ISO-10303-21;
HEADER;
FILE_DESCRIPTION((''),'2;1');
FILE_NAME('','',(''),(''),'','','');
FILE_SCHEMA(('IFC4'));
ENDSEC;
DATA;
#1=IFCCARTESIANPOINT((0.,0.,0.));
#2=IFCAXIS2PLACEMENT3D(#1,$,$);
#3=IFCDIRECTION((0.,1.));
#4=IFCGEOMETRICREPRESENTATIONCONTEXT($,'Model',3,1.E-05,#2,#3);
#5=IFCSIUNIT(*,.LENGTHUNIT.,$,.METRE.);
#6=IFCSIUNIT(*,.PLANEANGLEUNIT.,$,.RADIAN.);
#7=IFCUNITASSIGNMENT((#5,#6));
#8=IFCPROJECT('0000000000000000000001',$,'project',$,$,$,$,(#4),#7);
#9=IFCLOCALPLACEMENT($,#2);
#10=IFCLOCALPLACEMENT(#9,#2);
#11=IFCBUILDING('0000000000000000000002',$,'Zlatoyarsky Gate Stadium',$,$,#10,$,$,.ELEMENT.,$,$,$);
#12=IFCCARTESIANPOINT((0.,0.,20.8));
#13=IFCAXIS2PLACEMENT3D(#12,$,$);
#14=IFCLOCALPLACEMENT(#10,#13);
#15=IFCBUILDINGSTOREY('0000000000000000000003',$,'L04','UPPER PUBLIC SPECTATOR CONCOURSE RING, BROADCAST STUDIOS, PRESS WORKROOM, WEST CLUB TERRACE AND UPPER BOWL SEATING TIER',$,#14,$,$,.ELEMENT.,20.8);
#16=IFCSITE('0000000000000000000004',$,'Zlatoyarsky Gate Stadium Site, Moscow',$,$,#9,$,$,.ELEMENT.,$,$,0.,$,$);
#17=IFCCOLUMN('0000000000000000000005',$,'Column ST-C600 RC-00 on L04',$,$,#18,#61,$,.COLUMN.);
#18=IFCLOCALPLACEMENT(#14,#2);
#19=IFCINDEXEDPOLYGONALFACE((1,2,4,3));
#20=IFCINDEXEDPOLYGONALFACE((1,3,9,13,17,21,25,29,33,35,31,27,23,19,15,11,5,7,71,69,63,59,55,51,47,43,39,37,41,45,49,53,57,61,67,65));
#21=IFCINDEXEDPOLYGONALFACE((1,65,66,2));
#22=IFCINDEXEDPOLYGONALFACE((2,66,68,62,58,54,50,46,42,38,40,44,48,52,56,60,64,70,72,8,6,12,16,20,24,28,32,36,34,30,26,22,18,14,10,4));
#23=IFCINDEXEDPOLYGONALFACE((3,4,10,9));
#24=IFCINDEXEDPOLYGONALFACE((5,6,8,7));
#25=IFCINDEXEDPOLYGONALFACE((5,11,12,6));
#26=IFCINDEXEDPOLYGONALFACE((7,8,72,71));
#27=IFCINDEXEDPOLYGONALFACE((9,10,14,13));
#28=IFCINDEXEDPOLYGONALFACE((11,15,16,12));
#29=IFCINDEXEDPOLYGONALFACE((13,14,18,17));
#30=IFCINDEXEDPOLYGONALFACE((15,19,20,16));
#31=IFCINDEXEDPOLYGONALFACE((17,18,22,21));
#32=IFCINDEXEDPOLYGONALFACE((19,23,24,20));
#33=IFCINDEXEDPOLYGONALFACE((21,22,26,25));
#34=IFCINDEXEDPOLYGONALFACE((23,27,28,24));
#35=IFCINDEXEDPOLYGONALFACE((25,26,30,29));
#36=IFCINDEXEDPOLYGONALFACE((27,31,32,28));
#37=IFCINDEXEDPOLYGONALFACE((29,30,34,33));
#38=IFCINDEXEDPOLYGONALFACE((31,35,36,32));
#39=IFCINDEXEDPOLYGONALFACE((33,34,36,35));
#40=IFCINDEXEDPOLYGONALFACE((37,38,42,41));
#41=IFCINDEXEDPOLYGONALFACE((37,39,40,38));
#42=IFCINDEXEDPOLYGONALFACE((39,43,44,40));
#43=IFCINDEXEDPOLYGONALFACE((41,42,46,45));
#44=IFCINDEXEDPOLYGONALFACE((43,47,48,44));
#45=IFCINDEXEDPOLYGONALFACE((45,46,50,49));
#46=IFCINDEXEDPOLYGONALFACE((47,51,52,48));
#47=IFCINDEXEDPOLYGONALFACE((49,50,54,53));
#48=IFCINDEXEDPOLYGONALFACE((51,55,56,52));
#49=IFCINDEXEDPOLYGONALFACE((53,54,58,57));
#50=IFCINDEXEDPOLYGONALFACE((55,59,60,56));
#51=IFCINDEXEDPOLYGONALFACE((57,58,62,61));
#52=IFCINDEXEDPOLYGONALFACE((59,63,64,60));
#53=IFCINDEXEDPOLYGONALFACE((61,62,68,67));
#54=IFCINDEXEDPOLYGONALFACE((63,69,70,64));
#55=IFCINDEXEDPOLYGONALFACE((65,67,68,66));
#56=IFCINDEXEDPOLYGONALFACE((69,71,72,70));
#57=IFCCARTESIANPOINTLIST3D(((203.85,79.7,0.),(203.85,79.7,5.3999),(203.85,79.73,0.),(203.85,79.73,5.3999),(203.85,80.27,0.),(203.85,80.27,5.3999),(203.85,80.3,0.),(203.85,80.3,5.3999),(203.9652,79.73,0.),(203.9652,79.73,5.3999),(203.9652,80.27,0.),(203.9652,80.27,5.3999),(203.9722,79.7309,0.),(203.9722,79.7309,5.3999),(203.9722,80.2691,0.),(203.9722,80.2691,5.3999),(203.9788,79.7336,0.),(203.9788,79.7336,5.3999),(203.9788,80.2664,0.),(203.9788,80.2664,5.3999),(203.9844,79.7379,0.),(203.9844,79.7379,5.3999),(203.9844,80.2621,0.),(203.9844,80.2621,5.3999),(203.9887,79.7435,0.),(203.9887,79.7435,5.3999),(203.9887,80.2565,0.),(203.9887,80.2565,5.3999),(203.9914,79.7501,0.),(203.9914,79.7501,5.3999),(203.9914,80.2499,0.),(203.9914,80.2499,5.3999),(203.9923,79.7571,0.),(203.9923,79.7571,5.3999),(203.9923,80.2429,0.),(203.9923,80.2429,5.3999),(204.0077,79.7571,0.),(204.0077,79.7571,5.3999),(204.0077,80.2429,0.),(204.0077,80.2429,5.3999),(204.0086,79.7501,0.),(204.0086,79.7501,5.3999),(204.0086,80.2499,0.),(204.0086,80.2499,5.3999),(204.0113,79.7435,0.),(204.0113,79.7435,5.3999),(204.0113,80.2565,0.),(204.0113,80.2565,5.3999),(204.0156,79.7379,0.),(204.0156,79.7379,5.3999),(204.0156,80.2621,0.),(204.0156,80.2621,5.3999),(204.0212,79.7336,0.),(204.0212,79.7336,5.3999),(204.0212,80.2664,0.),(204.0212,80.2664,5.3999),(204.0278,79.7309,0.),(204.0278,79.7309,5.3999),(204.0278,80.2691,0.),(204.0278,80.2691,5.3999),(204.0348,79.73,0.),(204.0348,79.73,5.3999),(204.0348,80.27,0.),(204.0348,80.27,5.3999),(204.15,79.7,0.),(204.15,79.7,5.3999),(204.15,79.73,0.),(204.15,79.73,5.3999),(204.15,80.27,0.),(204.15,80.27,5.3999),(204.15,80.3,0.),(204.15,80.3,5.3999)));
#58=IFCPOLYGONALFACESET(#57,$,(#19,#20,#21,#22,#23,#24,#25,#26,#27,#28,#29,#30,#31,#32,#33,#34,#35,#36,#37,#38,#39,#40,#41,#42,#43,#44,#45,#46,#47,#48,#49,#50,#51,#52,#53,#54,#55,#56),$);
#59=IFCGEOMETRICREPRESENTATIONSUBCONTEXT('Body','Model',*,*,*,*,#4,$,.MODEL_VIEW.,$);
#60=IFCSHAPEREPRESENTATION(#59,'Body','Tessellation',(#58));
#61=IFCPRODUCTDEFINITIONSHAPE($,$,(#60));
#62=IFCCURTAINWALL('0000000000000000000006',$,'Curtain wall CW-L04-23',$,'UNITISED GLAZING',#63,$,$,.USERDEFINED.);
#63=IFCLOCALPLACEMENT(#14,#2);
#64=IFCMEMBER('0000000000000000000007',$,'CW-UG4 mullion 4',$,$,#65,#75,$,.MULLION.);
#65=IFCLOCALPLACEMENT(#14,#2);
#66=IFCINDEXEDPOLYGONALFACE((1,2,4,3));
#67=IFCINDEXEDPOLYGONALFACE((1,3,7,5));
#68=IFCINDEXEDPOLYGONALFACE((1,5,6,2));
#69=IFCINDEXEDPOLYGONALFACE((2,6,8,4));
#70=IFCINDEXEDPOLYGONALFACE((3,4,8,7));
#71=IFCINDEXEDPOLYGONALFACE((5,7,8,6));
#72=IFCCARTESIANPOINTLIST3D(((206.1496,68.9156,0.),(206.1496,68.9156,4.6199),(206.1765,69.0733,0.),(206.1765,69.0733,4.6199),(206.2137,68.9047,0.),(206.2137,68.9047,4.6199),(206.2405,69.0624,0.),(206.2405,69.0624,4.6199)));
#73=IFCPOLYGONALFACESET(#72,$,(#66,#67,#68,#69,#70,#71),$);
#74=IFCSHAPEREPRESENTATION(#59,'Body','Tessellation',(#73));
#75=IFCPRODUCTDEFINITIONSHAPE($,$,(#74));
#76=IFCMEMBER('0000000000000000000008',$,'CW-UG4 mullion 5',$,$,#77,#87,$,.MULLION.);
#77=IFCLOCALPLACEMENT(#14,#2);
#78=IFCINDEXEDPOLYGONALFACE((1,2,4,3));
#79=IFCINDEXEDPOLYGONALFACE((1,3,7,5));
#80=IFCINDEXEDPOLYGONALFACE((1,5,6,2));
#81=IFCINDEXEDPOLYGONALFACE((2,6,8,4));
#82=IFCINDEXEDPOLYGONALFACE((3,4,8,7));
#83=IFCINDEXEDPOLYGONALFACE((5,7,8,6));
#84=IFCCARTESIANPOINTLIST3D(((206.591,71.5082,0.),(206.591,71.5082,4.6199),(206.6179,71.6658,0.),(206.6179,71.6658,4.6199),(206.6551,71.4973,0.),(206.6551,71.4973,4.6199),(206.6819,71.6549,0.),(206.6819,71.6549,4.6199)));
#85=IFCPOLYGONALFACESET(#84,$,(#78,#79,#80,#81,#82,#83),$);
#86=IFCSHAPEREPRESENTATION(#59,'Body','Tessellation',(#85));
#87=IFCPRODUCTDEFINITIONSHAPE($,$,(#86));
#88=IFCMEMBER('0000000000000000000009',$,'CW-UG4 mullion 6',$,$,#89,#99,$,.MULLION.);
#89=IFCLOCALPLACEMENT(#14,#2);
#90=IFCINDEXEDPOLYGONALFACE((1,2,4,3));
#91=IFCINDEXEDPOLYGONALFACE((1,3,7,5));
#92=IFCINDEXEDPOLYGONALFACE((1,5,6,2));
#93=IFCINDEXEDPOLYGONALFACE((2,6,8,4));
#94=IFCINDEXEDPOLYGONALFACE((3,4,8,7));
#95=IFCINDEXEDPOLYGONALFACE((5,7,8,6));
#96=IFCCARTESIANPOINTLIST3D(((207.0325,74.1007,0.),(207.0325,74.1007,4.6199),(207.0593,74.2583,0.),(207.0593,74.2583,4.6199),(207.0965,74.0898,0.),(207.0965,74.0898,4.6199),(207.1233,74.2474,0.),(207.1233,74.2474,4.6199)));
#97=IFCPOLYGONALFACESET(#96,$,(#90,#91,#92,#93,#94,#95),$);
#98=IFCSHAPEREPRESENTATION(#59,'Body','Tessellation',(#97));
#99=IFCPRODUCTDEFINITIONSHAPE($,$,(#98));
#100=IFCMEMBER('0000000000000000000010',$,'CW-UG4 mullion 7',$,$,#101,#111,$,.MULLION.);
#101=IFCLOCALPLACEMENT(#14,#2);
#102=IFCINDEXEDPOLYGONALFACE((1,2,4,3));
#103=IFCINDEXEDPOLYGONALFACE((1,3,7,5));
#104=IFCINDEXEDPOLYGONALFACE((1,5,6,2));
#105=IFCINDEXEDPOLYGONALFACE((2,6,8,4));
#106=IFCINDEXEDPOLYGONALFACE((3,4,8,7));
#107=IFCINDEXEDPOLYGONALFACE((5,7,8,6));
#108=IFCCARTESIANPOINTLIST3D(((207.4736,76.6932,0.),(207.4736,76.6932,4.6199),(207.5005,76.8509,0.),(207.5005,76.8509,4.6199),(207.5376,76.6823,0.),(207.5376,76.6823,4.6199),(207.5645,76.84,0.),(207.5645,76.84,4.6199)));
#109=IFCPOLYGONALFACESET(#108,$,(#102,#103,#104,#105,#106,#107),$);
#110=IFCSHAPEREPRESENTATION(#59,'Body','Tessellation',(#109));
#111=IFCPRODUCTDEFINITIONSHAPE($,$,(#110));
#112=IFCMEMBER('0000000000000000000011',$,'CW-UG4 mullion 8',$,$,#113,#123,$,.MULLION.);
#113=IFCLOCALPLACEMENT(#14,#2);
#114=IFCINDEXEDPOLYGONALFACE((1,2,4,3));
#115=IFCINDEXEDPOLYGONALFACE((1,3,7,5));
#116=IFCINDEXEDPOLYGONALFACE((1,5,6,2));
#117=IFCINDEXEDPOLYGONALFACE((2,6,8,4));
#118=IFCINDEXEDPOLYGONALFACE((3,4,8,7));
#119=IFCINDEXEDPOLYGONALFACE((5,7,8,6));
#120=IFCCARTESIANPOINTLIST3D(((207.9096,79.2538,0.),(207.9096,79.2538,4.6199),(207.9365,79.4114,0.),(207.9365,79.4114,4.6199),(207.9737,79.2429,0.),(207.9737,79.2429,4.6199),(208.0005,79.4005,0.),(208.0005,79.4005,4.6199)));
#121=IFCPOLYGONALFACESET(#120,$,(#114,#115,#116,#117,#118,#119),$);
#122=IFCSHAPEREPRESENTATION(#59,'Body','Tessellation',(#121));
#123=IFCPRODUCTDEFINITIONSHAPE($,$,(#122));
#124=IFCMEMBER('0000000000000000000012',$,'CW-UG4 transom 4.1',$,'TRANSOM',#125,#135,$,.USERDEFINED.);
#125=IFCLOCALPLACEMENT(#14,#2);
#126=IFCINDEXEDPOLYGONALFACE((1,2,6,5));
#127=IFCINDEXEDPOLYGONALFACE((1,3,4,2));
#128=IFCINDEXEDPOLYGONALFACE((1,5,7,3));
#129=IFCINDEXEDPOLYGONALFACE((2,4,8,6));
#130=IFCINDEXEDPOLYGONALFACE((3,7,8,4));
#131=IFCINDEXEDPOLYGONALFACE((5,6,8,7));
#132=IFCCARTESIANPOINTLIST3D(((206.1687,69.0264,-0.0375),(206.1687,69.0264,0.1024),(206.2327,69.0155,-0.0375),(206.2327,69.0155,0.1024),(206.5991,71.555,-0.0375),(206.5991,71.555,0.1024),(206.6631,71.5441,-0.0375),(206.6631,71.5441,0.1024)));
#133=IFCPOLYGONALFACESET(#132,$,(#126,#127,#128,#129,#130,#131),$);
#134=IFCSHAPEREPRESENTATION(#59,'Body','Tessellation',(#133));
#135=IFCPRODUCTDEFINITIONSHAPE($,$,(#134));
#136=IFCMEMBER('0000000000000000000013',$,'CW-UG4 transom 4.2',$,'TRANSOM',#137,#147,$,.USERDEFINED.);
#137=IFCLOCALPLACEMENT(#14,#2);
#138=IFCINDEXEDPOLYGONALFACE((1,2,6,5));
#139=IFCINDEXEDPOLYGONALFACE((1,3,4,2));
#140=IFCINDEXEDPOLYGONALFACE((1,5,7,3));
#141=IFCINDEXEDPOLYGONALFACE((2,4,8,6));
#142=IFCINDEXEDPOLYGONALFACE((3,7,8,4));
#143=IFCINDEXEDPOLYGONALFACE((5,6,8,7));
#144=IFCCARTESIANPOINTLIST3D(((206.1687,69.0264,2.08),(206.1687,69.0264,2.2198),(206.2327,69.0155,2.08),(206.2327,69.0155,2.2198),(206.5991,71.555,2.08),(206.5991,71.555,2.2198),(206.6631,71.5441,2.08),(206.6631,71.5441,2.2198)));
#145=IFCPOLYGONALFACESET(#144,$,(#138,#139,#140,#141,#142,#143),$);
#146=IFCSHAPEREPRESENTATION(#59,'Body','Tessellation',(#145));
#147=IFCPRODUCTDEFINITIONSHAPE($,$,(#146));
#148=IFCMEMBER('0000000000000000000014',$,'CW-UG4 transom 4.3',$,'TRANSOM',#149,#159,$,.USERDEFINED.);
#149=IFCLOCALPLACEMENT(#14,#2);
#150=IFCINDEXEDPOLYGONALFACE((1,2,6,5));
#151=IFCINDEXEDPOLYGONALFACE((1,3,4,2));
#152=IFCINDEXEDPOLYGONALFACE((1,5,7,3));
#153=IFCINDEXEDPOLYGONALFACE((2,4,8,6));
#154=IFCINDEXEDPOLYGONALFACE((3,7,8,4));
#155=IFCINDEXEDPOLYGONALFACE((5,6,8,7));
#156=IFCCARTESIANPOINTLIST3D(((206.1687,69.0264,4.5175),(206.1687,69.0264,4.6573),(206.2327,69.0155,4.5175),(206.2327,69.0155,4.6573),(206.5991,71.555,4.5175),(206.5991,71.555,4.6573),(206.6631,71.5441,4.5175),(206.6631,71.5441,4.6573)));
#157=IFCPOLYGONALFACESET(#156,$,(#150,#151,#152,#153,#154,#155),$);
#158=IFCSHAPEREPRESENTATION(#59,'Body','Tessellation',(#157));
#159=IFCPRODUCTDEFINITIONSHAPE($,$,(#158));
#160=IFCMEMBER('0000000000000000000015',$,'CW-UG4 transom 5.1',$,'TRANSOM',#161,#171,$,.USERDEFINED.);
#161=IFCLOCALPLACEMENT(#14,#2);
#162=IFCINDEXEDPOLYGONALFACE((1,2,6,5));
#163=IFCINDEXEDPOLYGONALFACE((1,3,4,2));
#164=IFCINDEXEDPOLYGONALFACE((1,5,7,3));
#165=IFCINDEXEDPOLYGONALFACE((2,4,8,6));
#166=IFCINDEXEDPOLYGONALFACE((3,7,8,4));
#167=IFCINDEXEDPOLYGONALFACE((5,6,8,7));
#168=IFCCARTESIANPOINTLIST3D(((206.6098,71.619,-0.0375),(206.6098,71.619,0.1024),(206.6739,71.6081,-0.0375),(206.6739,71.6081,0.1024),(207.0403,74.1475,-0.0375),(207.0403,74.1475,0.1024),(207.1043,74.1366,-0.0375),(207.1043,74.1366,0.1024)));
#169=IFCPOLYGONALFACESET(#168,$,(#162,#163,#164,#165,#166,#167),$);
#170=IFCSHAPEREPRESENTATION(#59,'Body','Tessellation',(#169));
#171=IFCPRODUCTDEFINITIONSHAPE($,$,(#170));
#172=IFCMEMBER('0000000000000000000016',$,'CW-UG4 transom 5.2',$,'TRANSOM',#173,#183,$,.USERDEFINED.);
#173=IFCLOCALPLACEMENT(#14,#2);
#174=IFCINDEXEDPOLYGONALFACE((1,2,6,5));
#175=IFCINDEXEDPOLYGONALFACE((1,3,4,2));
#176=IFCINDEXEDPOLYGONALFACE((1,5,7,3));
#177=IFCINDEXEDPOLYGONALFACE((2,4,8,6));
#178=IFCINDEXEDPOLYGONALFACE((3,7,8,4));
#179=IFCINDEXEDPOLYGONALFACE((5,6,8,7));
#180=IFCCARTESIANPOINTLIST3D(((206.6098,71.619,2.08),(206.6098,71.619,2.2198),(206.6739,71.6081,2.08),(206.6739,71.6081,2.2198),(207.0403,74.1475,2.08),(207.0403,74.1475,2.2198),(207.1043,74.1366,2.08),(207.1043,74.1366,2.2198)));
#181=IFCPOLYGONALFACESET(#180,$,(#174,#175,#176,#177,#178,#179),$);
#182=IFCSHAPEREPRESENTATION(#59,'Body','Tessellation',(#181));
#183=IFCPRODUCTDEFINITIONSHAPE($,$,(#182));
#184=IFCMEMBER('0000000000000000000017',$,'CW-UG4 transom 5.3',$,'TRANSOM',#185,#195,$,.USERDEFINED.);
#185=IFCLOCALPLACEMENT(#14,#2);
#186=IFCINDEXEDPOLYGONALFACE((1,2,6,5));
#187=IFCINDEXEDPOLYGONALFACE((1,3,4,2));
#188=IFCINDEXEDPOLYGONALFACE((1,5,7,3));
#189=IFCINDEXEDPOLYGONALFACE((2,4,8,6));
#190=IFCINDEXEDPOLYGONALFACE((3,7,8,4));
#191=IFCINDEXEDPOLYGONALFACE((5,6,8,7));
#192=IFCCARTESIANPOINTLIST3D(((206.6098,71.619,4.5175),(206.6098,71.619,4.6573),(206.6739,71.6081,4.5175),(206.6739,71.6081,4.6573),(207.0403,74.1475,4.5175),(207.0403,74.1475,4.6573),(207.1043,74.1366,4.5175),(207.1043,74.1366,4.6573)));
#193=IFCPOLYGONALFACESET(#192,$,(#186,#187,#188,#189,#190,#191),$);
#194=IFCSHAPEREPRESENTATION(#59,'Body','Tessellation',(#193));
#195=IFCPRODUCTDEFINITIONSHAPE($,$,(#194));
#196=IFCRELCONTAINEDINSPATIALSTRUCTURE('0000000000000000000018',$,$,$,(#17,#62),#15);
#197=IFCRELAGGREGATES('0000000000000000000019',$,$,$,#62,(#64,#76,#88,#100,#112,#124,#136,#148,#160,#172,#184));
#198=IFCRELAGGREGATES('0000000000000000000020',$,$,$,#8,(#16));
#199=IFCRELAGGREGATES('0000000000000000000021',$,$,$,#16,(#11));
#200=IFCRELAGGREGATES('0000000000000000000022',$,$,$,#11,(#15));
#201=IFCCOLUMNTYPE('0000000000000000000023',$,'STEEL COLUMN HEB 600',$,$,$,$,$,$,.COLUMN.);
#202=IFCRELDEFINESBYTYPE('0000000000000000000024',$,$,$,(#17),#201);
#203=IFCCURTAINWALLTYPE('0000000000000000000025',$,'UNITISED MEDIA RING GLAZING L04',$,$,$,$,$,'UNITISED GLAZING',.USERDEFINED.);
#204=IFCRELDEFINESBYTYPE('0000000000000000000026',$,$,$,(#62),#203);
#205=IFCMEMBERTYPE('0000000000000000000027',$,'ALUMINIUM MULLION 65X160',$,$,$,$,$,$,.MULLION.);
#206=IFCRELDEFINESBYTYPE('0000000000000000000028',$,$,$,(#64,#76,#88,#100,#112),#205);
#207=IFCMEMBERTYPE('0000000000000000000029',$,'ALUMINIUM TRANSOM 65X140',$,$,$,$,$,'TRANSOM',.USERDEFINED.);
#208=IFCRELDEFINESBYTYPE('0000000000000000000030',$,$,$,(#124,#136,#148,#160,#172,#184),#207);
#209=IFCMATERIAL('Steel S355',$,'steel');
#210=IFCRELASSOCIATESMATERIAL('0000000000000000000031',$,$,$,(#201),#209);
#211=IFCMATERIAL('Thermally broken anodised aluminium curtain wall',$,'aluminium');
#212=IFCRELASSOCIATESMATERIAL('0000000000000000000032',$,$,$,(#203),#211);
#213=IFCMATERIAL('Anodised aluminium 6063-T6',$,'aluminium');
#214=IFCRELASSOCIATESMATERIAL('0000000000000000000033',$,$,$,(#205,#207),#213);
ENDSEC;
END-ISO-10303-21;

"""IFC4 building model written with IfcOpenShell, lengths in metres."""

from ifc_helpers import new_model, si_unit, direction, frame, origin, origin_2d, place, context, subcontext, project, spatial, rectangle, i_section, extrude, material, material_profile, profile_set, type_object, element, aggregate, save


model = new_model("IFC4")

# Units and contexts
model_context = context("Model", 3, precision=1e-05, world=origin(), true_north=direction((0.0, 1.0)))
body_context = subcontext(model_context, "Body", "Model", "MODEL_VIEW")
ifc_project = project(units=[si_unit("LENGTHUNIT", "METRE"), si_unit("PLANEANGLEUNIT", "RADIAN")], contexts=[model_context])

# Site, building, storey
site_placement = place(None, origin())
site = spatial("IfcSite", under=ifc_project, at=site_placement, Name="Zlatoyarsky Gate Stadium Site, Moscow", CompositionType="ELEMENT", RefElevation=0.0)
building_placement = place(site_placement, origin())
building = spatial("IfcBuilding", under=site, at=building_placement, Name="Zlatoyarsky Gate Stadium", CompositionType="ELEMENT")
storey_placement = place(building_placement, frame((0.0, 0.0, 20.8)))
storey = spatial("IfcBuildingStorey", under=building, at=storey_placement, Name="L04", Description="UPPER PUBLIC SPECTATOR CONCOURSE RING, BROADCAST STUDIOS, PRESS WORKROOM, WEST CLUB TERRACE AND UPPER BOWL SEATING TIER", CompositionType="ELEMENT", Elevation=20.8)

# Column
ifc_material_1 = material(Name="Steel S355", Category="steel")
ifc_material_profile_1 = material_profile(ifc_material_1, i_section(OverallWidth=0.3, OverallDepth=0.6001, WebThickness=0.0154, FlangeThickness=0.03, FilletRadius=0.0271, at=origin_2d()), Name="HEB 600")
ifc_profile_set_1 = profile_set([ifc_material_profile_1], Name="Steel S355")
column_type = type_object("IfcColumnType", Name="STEEL COLUMN HEB 600", PredefinedType="COLUMN", material=ifc_profile_set_1)
column_placement = place(storey_placement, frame((204.0, 80.0, 0.0), z_axis=(0.0, 0.0, 1.0), x_axis=(1.0, 0.0, 0.0)))
element("IfcColumn", 1, at=column_placement, inside=storey, type_object=column_type, Name="Column ST-C600 RC-00 on L04", PredefinedType="COLUMN", context=body_context, shape_type="SweptSolid", body=[
    extrude(i_section(OverallWidth=0.3, OverallDepth=0.6001, WebThickness=0.0154, FlangeThickness=0.03, FilletRadius=0.0271, at=origin_2d()), origin(), (0.0, 0.0, 1.0), 5.3999),
])

# Curtain wall, members
ifc_material_2 = material(Name="Thermally broken anodised aluminium curtain wall", Category="aluminium")
curtain_wall_type = type_object("IfcCurtainWallType", Name="UNITISED MEDIA RING GLAZING L04", ElementType="UNITISED GLAZING", PredefinedType="USERDEFINED", material=ifc_material_2)
curtain_wall_placement = place(storey_placement, origin())
curtain_wall = element("IfcCurtainWall", 2, at=curtain_wall_placement, inside=storey, type_object=curtain_wall_type, Name="Curtain wall CW-L04-23", ObjectType="UNITISED GLAZING", PredefinedType="USERDEFINED")
ifc_material_3 = material(Name="Anodised aluminium 6063-T6", Category="aluminium")
ifc_material_profile_2 = material_profile(ifc_material_3, rectangle(XDim=0.0649, YDim=0.1599, at=origin_2d()), Name="ALU 65X160")
ifc_profile_set_2 = profile_set([ifc_material_profile_2], Name="Anodised aluminium 6063-T6")
member_type_1 = type_object("IfcMemberType", Name="ALUMINIUM MULLION 65X160", PredefinedType="MULLION", material=ifc_profile_set_2)
member_1_placement = place(storey_placement, frame((206.1951, 68.989, 0.0), z_axis=(0.0, 0.0, 1.0), x_axis=(-0.985817, 0.167821, 0.0)))
member_1 = element("IfcMember", 3, at=member_1_placement, type_object=member_type_1, Name="CW-UG4 mullion 4", PredefinedType="MULLION", context=body_context, shape_type="SweptSolid", body=[
    extrude(rectangle(XDim=0.0649, YDim=0.1599, at=origin_2d()), origin(), (0.0, 0.0, 1.0), 4.6199),
])
member_2_placement = place(storey_placement, frame((206.6365, 71.5815, 0.0), z_axis=(0.0, 0.0, 1.0), x_axis=(-0.985817, 0.167821, 0.0)))
member_2 = element("IfcMember", 4, at=member_2_placement, type_object=member_type_1, Name="CW-UG4 mullion 5", PredefinedType="MULLION", context=body_context, shape_type="SweptSolid", body=[
    extrude(rectangle(XDim=0.0649, YDim=0.1599, at=origin_2d()), origin(), (0.0, 0.0, 1.0), 4.6199),
])
member_3_placement = place(storey_placement, frame((207.0779, 74.1741, 0.0), z_axis=(0.0, 0.0, 1.0), x_axis=(-0.985817, 0.167821, 0.0)))
member_3 = element("IfcMember", 5, at=member_3_placement, type_object=member_type_1, Name="CW-UG4 mullion 6", PredefinedType="MULLION", context=body_context, shape_type="SweptSolid", body=[
    extrude(rectangle(XDim=0.0649, YDim=0.1599, at=origin_2d()), origin(), (0.0, 0.0, 1.0), 4.6199),
])
member_4_placement = place(storey_placement, frame((207.519, 76.7666, 0.0), z_axis=(0.0, 0.0, 1.0), x_axis=(-0.985817, 0.167821, 0.0)))
member_4 = element("IfcMember", 6, at=member_4_placement, type_object=member_type_1, Name="CW-UG4 mullion 7", PredefinedType="MULLION", context=body_context, shape_type="SweptSolid", body=[
    extrude(rectangle(XDim=0.0649, YDim=0.1599, at=origin_2d()), origin(), (0.0, 0.0, 1.0), 4.6199),
])
member_5_placement = place(storey_placement, frame((207.9551, 79.3271, 0.0), z_axis=(0.0, 0.0, 1.0), x_axis=(-0.985817, 0.167821, 0.0)))
member_5 = element("IfcMember", 7, at=member_5_placement, type_object=member_type_1, Name="CW-UG4 mullion 8", PredefinedType="MULLION", context=body_context, shape_type="SweptSolid", body=[
    extrude(rectangle(XDim=0.0649, YDim=0.1599, at=origin_2d()), origin(), (0.0, 0.0, 1.0), 4.6199),
])
ifc_material_profile_3 = material_profile(ifc_material_3, rectangle(XDim=0.0649, YDim=0.1399, at=origin_2d()), Name="ALU 65X140")
ifc_profile_set_3 = profile_set([ifc_material_profile_3], Name="Anodised aluminium 6063-T6")
member_type_2 = type_object("IfcMemberType", Name="ALUMINIUM TRANSOM 65X140", ElementType="TRANSOM", PredefinedType="USERDEFINED", material=ifc_profile_set_3)
member_6_placement = place(storey_placement, frame((206.2007, 69.021, 0.0325), z_axis=(0.167809, 0.985819, 0.0), x_axis=(-0.985819, 0.167809, 0.0)))
member_6 = element("IfcMember", 8, at=member_6_placement, type_object=member_type_2, Name="CW-UG4 transom 4.1", ObjectType="TRANSOM", PredefinedType="USERDEFINED", context=body_context, shape_type="SweptSolid", body=[
    extrude(rectangle(XDim=0.0649, YDim=0.1399, at=origin_2d()), origin(), (0.0, 0.0, 1.0), 2.5649),
])
member_7_placement = place(storey_placement, frame((206.2007, 69.021, 2.1499), z_axis=(0.167809, 0.985819, 0.0), x_axis=(-0.985819, 0.167809, 0.0)))
member_7 = element("IfcMember", 9, at=member_7_placement, type_object=member_type_2, Name="CW-UG4 transom 4.2", ObjectType="TRANSOM", PredefinedType="USERDEFINED", context=body_context, shape_type="SweptSolid", body=[
    extrude(rectangle(XDim=0.0649, YDim=0.1399, at=origin_2d()), origin(), (0.0, 0.0, 1.0), 2.5649),
])
member_8_placement = place(storey_placement, frame((206.2007, 69.021, 4.5874), z_axis=(0.167809, 0.985819, 0.0), x_axis=(-0.985819, 0.167809, 0.0)))
member_8 = element("IfcMember", 10, at=member_8_placement, type_object=member_type_2, Name="CW-UG4 transom 4.3", ObjectType="TRANSOM", PredefinedType="USERDEFINED", context=body_context, shape_type="SweptSolid", body=[
    extrude(rectangle(XDim=0.0649, YDim=0.1399, at=origin_2d()), origin(), (0.0, 0.0, 1.0), 2.5649),
])
member_9_placement = place(storey_placement, frame((206.6418, 71.6135, 0.0325), z_axis=(0.167809, 0.985819, 0.0), x_axis=(-0.985819, 0.167809, 0.0)))
member_9 = element("IfcMember", 11, at=member_9_placement, type_object=member_type_2, Name="CW-UG4 transom 5.1", ObjectType="TRANSOM", PredefinedType="USERDEFINED", context=body_context, shape_type="SweptSolid", body=[
    extrude(rectangle(XDim=0.0649, YDim=0.1399, at=origin_2d()), origin(), (0.0, 0.0, 1.0), 2.5649),
])
member_10_placement = place(storey_placement, frame((206.6418, 71.6135, 2.1499), z_axis=(0.167809, 0.985819, 0.0), x_axis=(-0.985819, 0.167809, 0.0)))
member_10 = element("IfcMember", 12, at=member_10_placement, type_object=member_type_2, Name="CW-UG4 transom 5.2", ObjectType="TRANSOM", PredefinedType="USERDEFINED", context=body_context, shape_type="SweptSolid", body=[
    extrude(rectangle(XDim=0.0649, YDim=0.1399, at=origin_2d()), origin(), (0.0, 0.0, 1.0), 2.5649),
])
member_11_placement = place(storey_placement, frame((206.6418, 71.6135, 4.5874), z_axis=(0.167809, 0.985819, 0.0), x_axis=(-0.985819, 0.167809, 0.0)))
member_11 = element("IfcMember", 13, at=member_11_placement, type_object=member_type_2, Name="CW-UG4 transom 5.3", ObjectType="TRANSOM", PredefinedType="USERDEFINED", context=body_context, shape_type="SweptSolid", body=[
    extrude(rectangle(XDim=0.0649, YDim=0.1399, at=origin_2d()), origin(), (0.0, 0.0, 1.0), 2.5649),
])

aggregate(curtain_wall, [member_1, member_2, member_3, member_4, member_5, member_6, member_7, member_8, member_9, member_10, member_11])

save(model, "model.ifc")
